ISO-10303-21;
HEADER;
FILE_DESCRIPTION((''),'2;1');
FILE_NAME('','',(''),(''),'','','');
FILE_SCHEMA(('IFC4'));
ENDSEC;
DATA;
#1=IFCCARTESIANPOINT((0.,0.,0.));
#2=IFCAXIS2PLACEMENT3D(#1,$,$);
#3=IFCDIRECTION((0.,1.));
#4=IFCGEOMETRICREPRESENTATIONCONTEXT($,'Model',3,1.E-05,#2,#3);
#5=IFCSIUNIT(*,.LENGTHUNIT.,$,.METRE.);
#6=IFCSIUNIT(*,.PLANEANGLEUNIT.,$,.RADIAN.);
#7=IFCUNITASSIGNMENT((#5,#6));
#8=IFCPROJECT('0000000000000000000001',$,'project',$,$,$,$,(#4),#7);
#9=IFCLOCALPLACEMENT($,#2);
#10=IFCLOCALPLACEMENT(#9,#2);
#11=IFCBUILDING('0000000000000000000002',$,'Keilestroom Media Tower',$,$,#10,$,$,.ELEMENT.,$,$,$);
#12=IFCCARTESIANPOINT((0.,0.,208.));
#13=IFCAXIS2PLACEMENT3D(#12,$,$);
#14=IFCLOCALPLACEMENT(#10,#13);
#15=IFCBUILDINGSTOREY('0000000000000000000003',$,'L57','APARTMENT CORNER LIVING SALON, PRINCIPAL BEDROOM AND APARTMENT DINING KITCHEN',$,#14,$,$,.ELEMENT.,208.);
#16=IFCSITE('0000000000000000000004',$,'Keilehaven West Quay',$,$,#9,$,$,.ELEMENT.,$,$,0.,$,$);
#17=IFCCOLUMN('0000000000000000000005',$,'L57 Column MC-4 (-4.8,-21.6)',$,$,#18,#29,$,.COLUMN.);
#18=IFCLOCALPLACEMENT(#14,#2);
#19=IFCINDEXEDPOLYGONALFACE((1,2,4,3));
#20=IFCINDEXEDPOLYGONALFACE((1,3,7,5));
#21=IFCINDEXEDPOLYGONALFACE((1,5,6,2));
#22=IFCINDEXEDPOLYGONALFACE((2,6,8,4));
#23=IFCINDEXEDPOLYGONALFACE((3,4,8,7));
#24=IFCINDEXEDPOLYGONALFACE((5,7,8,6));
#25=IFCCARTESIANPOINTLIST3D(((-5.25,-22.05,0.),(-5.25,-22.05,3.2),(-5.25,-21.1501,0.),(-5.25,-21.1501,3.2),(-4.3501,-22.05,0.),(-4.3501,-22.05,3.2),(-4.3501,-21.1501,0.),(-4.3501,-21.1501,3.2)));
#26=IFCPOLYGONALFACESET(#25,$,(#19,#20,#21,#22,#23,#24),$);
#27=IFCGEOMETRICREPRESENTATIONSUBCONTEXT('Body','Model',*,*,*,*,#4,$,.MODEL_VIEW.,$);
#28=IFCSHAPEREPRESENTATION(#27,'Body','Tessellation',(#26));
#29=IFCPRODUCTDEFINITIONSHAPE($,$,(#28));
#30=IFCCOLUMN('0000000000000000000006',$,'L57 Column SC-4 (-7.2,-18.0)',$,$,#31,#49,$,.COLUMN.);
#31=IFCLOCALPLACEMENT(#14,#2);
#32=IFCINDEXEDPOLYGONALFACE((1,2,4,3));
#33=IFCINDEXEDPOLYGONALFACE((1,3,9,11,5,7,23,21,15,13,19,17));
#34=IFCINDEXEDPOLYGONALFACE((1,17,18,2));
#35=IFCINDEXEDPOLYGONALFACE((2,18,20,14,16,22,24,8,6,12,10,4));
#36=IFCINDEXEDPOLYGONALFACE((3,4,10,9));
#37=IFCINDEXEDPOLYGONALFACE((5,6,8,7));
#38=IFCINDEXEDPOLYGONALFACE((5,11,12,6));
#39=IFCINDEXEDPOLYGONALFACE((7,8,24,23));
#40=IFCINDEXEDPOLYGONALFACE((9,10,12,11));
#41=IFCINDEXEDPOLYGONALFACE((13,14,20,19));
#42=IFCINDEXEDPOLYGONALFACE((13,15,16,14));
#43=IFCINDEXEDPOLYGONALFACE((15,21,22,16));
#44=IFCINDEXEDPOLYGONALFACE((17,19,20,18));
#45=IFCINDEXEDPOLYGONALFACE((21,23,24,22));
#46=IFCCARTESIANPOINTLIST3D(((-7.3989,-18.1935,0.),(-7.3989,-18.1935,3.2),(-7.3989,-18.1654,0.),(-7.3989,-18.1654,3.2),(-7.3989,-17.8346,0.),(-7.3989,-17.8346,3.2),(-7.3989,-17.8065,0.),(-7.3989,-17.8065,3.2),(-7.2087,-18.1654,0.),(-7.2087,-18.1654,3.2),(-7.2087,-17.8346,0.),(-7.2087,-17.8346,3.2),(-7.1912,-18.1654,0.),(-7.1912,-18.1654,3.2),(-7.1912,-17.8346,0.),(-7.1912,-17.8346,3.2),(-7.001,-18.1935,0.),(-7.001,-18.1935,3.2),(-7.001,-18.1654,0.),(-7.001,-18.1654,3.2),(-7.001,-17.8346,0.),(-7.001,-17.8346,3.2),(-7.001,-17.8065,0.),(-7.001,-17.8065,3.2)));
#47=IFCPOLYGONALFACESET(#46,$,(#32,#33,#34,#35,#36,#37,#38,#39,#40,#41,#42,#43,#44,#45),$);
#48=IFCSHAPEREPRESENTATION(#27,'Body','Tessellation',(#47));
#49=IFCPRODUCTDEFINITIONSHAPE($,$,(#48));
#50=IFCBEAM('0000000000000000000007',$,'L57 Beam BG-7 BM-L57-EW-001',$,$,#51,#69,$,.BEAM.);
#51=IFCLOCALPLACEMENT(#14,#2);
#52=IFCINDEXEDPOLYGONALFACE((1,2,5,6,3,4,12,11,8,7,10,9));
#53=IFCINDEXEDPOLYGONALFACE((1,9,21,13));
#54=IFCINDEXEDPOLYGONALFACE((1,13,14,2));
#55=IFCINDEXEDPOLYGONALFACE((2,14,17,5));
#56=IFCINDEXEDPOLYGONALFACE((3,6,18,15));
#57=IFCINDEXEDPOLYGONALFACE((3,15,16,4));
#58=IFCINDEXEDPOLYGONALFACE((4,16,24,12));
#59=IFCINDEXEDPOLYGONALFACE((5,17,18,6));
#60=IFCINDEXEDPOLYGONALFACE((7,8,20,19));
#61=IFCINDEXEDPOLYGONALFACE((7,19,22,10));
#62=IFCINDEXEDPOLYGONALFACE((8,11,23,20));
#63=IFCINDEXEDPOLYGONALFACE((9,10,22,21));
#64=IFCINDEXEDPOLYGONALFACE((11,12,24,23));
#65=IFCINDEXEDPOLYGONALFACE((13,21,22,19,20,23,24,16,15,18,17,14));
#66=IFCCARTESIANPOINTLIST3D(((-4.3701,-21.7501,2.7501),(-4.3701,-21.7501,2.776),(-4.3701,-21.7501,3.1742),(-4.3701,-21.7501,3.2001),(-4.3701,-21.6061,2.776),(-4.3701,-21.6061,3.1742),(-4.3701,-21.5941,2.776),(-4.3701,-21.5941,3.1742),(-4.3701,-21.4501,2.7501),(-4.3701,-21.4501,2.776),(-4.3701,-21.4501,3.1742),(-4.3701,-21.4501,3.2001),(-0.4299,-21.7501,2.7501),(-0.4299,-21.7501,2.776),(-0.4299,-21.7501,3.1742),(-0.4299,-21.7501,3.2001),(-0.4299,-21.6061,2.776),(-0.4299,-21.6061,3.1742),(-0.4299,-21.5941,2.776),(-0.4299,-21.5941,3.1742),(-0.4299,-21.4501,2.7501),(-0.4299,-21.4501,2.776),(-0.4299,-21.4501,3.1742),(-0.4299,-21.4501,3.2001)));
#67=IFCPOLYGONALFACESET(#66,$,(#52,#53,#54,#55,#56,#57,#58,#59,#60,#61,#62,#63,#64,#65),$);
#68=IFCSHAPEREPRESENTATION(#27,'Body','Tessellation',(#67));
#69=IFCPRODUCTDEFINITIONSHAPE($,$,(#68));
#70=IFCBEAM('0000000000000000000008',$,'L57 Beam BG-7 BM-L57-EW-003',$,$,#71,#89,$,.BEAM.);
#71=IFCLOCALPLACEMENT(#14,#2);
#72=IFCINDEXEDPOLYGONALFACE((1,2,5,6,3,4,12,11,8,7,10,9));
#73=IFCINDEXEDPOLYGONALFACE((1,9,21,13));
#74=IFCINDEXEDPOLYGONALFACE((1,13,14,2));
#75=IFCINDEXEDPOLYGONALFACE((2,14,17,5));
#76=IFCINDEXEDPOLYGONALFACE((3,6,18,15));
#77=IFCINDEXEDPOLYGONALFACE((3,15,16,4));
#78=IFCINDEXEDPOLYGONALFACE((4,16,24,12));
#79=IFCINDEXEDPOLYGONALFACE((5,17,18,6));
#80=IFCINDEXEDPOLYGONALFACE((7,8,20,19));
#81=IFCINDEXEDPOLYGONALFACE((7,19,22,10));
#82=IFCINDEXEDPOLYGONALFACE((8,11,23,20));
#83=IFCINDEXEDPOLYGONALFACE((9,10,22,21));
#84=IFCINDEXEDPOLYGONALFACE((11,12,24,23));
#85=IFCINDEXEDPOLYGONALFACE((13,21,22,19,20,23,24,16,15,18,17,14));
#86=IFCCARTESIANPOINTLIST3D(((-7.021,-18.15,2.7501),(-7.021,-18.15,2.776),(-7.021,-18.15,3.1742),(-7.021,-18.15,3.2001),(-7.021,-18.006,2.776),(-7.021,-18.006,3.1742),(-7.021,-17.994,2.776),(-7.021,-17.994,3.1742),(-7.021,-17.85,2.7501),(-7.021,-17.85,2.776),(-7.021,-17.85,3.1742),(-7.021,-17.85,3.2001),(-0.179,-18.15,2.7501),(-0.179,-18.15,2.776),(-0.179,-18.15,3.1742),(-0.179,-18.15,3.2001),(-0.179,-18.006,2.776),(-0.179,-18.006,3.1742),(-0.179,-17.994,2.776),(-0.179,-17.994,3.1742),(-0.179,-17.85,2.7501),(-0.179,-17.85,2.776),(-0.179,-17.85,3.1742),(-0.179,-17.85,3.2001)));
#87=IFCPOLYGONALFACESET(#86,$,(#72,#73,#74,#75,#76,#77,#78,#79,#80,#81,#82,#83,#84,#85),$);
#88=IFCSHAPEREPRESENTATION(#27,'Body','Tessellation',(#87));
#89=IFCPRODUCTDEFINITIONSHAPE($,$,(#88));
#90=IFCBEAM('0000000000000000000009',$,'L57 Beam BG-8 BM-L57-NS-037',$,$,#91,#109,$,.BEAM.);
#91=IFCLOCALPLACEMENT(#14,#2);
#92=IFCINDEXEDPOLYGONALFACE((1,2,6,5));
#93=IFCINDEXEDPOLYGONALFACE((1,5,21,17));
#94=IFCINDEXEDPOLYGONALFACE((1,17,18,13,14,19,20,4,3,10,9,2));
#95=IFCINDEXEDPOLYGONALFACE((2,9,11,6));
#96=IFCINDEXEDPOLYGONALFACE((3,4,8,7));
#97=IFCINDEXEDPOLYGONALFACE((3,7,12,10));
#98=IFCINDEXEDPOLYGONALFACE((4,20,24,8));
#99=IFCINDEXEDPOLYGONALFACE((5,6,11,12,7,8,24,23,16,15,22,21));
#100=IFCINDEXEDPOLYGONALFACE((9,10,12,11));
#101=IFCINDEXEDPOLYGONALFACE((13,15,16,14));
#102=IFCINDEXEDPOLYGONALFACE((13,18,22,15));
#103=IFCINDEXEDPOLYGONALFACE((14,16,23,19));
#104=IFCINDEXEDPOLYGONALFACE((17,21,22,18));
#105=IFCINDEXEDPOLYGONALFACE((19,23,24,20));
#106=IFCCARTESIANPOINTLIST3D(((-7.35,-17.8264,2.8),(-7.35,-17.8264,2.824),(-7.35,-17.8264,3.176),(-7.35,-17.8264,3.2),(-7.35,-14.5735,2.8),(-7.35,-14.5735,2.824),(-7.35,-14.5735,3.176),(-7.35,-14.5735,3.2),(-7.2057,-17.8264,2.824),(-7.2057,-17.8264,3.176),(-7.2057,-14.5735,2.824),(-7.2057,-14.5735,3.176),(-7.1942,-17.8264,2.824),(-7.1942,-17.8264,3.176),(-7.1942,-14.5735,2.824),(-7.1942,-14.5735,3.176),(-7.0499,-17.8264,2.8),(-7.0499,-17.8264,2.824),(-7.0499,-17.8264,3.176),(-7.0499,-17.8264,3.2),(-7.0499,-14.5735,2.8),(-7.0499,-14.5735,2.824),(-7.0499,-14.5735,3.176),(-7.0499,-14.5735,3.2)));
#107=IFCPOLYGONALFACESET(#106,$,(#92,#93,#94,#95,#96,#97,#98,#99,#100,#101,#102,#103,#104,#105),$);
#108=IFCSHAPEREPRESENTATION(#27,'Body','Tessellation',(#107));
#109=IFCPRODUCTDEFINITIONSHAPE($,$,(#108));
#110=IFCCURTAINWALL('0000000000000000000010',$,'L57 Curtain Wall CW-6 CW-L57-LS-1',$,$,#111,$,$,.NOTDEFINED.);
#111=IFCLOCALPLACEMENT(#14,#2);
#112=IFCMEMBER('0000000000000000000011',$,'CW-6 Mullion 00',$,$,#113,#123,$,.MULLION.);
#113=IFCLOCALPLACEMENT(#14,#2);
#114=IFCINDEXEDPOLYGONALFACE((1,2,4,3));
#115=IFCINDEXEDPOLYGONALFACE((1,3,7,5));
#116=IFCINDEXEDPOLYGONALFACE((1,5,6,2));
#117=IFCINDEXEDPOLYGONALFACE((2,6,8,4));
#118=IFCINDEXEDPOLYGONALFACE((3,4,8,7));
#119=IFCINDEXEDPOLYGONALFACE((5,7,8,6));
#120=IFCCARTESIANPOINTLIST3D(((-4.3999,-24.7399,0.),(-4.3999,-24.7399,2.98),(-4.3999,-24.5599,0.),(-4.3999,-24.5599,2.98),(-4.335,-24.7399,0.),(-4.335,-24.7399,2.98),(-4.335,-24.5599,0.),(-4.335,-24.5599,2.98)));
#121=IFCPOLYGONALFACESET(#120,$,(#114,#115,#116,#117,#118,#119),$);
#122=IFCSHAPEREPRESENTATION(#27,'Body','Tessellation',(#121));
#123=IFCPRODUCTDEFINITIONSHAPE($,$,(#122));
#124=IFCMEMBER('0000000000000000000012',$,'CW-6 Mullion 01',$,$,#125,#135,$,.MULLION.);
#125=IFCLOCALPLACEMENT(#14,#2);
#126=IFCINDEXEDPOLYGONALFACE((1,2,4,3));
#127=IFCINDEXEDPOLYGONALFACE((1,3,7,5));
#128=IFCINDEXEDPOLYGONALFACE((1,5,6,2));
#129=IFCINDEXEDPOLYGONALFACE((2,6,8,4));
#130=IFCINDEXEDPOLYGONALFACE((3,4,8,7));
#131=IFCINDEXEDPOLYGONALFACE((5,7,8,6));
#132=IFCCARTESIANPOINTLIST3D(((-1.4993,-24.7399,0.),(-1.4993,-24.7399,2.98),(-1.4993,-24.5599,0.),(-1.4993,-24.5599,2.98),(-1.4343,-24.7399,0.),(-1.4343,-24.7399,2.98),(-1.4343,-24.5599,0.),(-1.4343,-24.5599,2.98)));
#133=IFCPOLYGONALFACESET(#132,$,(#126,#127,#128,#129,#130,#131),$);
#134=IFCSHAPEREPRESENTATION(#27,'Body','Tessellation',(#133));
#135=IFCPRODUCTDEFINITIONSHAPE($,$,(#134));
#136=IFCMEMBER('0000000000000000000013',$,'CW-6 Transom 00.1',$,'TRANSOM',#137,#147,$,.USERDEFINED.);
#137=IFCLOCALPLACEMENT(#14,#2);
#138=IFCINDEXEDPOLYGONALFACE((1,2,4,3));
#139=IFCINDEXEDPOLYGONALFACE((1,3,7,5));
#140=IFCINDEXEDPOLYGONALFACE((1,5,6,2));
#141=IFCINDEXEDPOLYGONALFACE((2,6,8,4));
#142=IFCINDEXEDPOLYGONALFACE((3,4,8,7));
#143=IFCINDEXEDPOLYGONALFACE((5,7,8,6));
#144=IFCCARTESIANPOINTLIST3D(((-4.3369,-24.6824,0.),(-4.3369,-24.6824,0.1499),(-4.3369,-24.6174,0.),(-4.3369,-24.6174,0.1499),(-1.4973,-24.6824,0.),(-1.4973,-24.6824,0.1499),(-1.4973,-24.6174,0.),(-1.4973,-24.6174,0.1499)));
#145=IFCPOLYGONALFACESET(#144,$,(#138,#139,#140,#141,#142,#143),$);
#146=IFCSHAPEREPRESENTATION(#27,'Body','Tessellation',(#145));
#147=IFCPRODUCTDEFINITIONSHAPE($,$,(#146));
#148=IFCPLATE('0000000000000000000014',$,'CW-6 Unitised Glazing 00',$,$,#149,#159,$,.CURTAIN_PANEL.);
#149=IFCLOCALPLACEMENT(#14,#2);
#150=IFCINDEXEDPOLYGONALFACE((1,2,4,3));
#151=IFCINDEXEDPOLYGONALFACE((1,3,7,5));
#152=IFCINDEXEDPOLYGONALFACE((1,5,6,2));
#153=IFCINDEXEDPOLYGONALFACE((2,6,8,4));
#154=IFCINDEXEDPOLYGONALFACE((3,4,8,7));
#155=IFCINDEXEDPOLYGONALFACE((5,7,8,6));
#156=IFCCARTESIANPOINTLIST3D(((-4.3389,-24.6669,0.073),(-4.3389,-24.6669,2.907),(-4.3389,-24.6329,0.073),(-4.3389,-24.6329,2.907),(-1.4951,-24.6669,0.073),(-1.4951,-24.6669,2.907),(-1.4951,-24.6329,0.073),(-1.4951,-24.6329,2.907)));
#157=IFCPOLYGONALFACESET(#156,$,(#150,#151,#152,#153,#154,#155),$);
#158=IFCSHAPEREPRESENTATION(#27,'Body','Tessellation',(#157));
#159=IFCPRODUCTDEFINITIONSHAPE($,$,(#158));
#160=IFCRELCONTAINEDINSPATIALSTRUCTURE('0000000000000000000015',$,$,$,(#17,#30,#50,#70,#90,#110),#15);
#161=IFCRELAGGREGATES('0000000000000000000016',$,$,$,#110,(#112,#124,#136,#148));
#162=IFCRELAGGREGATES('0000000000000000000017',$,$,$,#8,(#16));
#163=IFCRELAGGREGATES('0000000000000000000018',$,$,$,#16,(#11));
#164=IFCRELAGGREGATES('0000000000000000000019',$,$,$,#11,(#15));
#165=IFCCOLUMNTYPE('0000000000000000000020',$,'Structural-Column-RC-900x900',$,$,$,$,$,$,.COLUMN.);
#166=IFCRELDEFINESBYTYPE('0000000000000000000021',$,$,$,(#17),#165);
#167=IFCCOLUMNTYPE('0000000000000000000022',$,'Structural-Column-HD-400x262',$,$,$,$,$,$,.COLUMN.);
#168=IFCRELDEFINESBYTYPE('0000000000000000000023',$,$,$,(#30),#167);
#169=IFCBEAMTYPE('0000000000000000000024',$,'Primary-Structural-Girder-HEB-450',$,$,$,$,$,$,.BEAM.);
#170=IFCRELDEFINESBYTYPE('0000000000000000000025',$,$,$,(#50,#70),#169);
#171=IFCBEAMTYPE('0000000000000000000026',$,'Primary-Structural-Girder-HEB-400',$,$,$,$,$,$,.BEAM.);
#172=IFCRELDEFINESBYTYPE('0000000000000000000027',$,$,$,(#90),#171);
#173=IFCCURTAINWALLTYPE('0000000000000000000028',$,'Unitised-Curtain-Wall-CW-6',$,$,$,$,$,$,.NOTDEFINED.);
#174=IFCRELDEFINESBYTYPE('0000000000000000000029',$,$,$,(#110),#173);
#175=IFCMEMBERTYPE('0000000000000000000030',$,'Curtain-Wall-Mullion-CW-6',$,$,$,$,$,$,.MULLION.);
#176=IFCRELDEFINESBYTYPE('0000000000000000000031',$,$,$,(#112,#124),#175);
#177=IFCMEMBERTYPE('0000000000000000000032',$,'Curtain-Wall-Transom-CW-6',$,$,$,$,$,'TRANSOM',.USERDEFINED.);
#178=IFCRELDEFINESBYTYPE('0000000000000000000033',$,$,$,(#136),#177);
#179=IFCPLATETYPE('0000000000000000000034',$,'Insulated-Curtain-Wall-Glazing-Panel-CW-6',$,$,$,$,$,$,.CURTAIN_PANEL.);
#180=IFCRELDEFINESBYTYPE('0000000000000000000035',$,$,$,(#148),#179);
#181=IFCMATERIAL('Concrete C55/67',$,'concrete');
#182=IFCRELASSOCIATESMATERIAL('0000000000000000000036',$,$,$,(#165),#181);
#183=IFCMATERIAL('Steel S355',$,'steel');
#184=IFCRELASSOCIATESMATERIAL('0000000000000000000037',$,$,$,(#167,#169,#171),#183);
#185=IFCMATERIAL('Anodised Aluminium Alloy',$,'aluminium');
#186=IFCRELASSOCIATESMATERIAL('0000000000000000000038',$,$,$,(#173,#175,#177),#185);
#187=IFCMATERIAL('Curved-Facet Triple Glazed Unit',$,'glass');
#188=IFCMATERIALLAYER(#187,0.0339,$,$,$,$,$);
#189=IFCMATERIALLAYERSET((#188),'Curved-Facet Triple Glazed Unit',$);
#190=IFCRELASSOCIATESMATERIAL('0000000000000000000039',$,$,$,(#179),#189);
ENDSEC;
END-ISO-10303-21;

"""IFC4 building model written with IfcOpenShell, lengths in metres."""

from ifc_helpers import new_model, si_unit, direction, frame, origin, origin_2d, place, context, subcontext, project, spatial, rectangle, i_section, extrude, source, transform, mapped, material, layer, layer_set, material_profile, profile_set, type_object, element, aggregate, save


model = new_model("IFC4")

# Units and contexts
model_context = context("Model", 3, precision=1e-05, world=origin(), true_north=direction((0.0, 1.0)))
body_context = subcontext(model_context, "Body", "Model", "MODEL_VIEW")
ifc_project = project(units=[si_unit("LENGTHUNIT", "METRE"), si_unit("PLANEANGLEUNIT", "RADIAN")], contexts=[model_context])

# Site, building, storey
site_placement = place(None, origin())
site = spatial("IfcSite", under=ifc_project, at=site_placement, Name="Keilehaven West Quay", CompositionType="ELEMENT", RefElevation=0.0)
building_placement = place(site_placement, origin())
building = spatial("IfcBuilding", under=site, at=building_placement, Name="Keilestroom Media Tower", CompositionType="ELEMENT")
storey_placement = place(building_placement, frame((0.0, 0.0, 208.0)))
storey = spatial("IfcBuildingStorey", under=building, at=storey_placement, Name="L57", Description="APARTMENT CORNER LIVING SALON, PRINCIPAL BEDROOM AND APARTMENT DINING KITCHEN", CompositionType="ELEMENT", Elevation=208.0)

# Columns
ifc_material_1 = material(Name="Concrete C55/67", Category="concrete")
ifc_material_profile_1 = material_profile(ifc_material_1, rectangle(XDim=0.8999, YDim=0.8999, at=origin_2d()), Name="RC 900x900")
ifc_profile_set_1 = profile_set([ifc_material_profile_1], Name="Concrete C55/67")
column_type_1 = type_object("IfcColumnType", Name="Structural-Column-RC-900x900", PredefinedType="COLUMN", material=ifc_profile_set_1)
shared_shape_1 = source(origin(), body_context, "Body", "SweptSolid", [
    extrude(rectangle(XDim=0.8999, YDim=0.8999, at=origin_2d()), origin(), (0.0, 0.0, 1.0), 3.2),
])
column_1_placement = place(storey_placement, frame((-4.8, -21.6001, 0.0), z_axis=(0.0, 0.0, 1.0), x_axis=(1.0, 0.0, 0.0)))
element("IfcColumn", 1, at=column_1_placement, inside=storey, type_object=column_type_1, Name="L57 Column MC-4 (-4.8,-21.6)", PredefinedType="COLUMN", context=body_context, shape_type="MappedRepresentation", body=[
    mapped(shared_shape_1, transform((0.0, 0.0, 0.0), x_axis=(1.0, 0.0, 0.0), y_axis=(0.0, 1.0, 0.0), z_axis=(0.0, 0.0, 1.0), scale=1.0)),
])
ifc_material_2 = material(Name="Steel S355", Category="steel")
ifc_material_profile_2 = material_profile(ifc_material_2, i_section(OverallWidth=0.3979, OverallDepth=0.387, WebThickness=0.0176, FlangeThickness=0.0281, at=origin_2d()), Name="HD 400x262")
ifc_profile_set_2 = profile_set([ifc_material_profile_2], Name="Steel S355")
column_type_2 = type_object("IfcColumnType", Name="Structural-Column-HD-400x262", PredefinedType="COLUMN", material=ifc_profile_set_2)
shared_shape_2 = source(origin(), body_context, "Body", "SweptSolid", [
    extrude(i_section(OverallWidth=0.3979, OverallDepth=0.387, WebThickness=0.0176, FlangeThickness=0.0281, at=origin_2d()), origin(), (0.0, 0.0, 1.0), 3.2),
])
column_2_placement = place(storey_placement, frame((-7.2, -18.0, 0.0), z_axis=(0.0, 0.0, 1.0), x_axis=(1.0, 0.0, 0.0)))
element("IfcColumn", 2, at=column_2_placement, inside=storey, type_object=column_type_2, Name="L57 Column SC-4 (-7.2,-18.0)", PredefinedType="COLUMN", context=body_context, shape_type="MappedRepresentation", body=[
    mapped(shared_shape_2, transform((0.0, 0.0, 0.0), x_axis=(1.0, 0.0, 0.0), y_axis=(0.0, 1.0, 0.0), z_axis=(0.0, 0.0, 1.0), scale=1.0)),
])

# Beams
ifc_material_profile_3 = material_profile(ifc_material_2, i_section(OverallWidth=0.3, OverallDepth=0.45, WebThickness=0.012, FlangeThickness=0.0259, at=origin_2d()), Name="HEB 450")
ifc_profile_set_3 = profile_set([ifc_material_profile_3], Name="Steel S355")
beam_type_1 = type_object("IfcBeamType", Name="Primary-Structural-Girder-HEB-450", PredefinedType="BEAM", material=ifc_profile_set_3)
shared_shape_3 = source(origin(), body_context, "Body", "SweptSolid", [
    extrude(i_section(OverallWidth=0.3, OverallDepth=0.45, WebThickness=0.012, FlangeThickness=0.0259, at=origin_2d()), origin(), (0.0, 0.0, 1.0), 3.9402),
])
beam_1_placement = place(storey_placement, frame((-4.3701, -21.6001, 2.9751), z_axis=(1.0, 0.0, 0.0), x_axis=(0.0, 1.0, 0.0)))
element("IfcBeam", 3, at=beam_1_placement, inside=storey, type_object=beam_type_1, Name="L57 Beam BG-7 BM-L57-EW-001", PredefinedType="BEAM", context=body_context, shape_type="MappedRepresentation", body=[
    mapped(shared_shape_3, transform((0.0, 0.0, 0.0), x_axis=(1.0, 0.0, 0.0), y_axis=(0.0, 1.0, 0.0), z_axis=(0.0, 0.0, 1.0), scale=1.0)),
])
shared_shape_4 = source(origin(), body_context, "Body", "SweptSolid", [
    extrude(i_section(OverallWidth=0.3, OverallDepth=0.45, WebThickness=0.012, FlangeThickness=0.0259, at=origin_2d()), origin(), (0.0, 0.0, 1.0), 6.842),
])
beam_2_placement = place(storey_placement, frame((-7.021, -18.0, 2.9751), z_axis=(1.0, 0.0, 0.0), x_axis=(0.0, 1.0, 0.0)))
element("IfcBeam", 4, at=beam_2_placement, inside=storey, type_object=beam_type_1, Name="L57 Beam BG-7 BM-L57-EW-003", PredefinedType="BEAM", context=body_context, shape_type="MappedRepresentation", body=[
    mapped(shared_shape_4, transform((0.0, 0.0, 0.0), x_axis=(1.0, 0.0, 0.0), y_axis=(0.0, 1.0, 0.0), z_axis=(0.0, 0.0, 1.0), scale=1.0)),
])
ifc_material_profile_4 = material_profile(ifc_material_2, i_section(OverallWidth=0.3, OverallDepth=0.3999, WebThickness=0.0115, FlangeThickness=0.0239, at=origin_2d()), Name="HEB 400")
ifc_profile_set_4 = profile_set([ifc_material_profile_4], Name="Steel S355")
beam_type_2 = type_object("IfcBeamType", Name="Primary-Structural-Girder-HEB-400", PredefinedType="BEAM", material=ifc_profile_set_4)
shared_shape_5 = source(origin(), body_context, "Body", "SweptSolid", [
    extrude(i_section(OverallWidth=0.3, OverallDepth=0.3999, WebThickness=0.0115, FlangeThickness=0.0239, at=origin_2d()), origin(), (0.0, 0.0, 1.0), 3.2529),
])
beam_3_placement = place(storey_placement, frame((-7.2, -17.8264, 3.0), z_axis=(0.0, 1.0, 0.0), x_axis=(-1.0, 0.0, 0.0)))
element("IfcBeam", 5, at=beam_3_placement, inside=storey, type_object=beam_type_2, Name="L57 Beam BG-8 BM-L57-NS-037", PredefinedType="BEAM", context=body_context, shape_type="MappedRepresentation", body=[
    mapped(shared_shape_5, transform((0.0, 0.0, 0.0), x_axis=(1.0, 0.0, 0.0), y_axis=(0.0, 1.0, 0.0), z_axis=(0.0, 0.0, 1.0), scale=1.0)),
])

# Curtain wall, members, plate
ifc_material_3 = material(Name="Anodised Aluminium Alloy", Category="aluminium")
curtain_wall_type = type_object("IfcCurtainWallType", Name="Unitised-Curtain-Wall-CW-6", PredefinedType="NOTDEFINED", material=ifc_material_3)
curtain_wall_placement = place(storey_placement, origin())
curtain_wall = element("IfcCurtainWall", 6, at=curtain_wall_placement, inside=storey, type_object=curtain_wall_type, Name="L57 Curtain Wall CW-6 CW-L57-LS-1", PredefinedType="NOTDEFINED")
ifc_material_profile_5 = material_profile(ifc_material_3, rectangle(XDim=0.0649, YDim=0.1799, at=origin_2d()), Name="ALU MULLION 65x180")
ifc_profile_set_5 = profile_set([ifc_material_profile_5], Name="Anodised Aluminium Alloy")
member_type_1 = type_object("IfcMemberType", Name="Curtain-Wall-Mullion-CW-6", PredefinedType="MULLION", material=ifc_profile_set_5)
shared_shape_6 = source(origin(), body_context, "Body", "SweptSolid", [
    extrude(rectangle(XDim=0.0649, YDim=0.1799, at=origin_2d()), origin(), (0.0, 0.0, 1.0), 2.98),
])
member_1_placement = place(storey_placement, frame((-4.3674, -24.6499, 0.0), z_axis=(0.0, 0.0, 1.0), x_axis=(1.0, 0.0, 0.0)))
member_1 = element("IfcMember", 7, at=member_1_placement, type_object=member_type_1, Name="CW-6 Mullion 00", PredefinedType="MULLION", context=body_context, shape_type="MappedRepresentation", body=[
    mapped(shared_shape_6, transform((0.0, 0.0, 0.0), x_axis=(1.0, 0.0, 0.0), y_axis=(0.0, 1.0, 0.0), z_axis=(0.0, 0.0, 1.0), scale=1.0)),
])
member_2_placement = place(storey_placement, frame((-1.4668, -24.6499, 0.0), z_axis=(0.0, 0.0, 1.0), x_axis=(1.0, 0.0, 0.0)))
member_2 = element("IfcMember", 8, at=member_2_placement, type_object=member_type_1, Name="CW-6 Mullion 01", PredefinedType="MULLION", context=body_context, shape_type="MappedRepresentation", body=[
    mapped(shared_shape_6, transform((0.0, 0.0, 0.0), x_axis=(1.0, 0.0, 0.0), y_axis=(0.0, 1.0, 0.0), z_axis=(0.0, 0.0, 1.0), scale=1.0)),
])
ifc_material_profile_6 = material_profile(ifc_material_3, rectangle(XDim=0.0649, YDim=0.1499, at=origin_2d()), Name="ALU TRANSOM 65x150")
ifc_profile_set_6 = profile_set([ifc_material_profile_6], Name="Anodised Aluminium Alloy")
member_type_2 = type_object("IfcMemberType", Name="Curtain-Wall-Transom-CW-6", ElementType="TRANSOM", PredefinedType="USERDEFINED", material=ifc_profile_set_6)
shared_shape_7 = source(origin(), body_context, "Body", "SweptSolid", [
    extrude(rectangle(XDim=0.0649, YDim=0.1499, at=origin_2d()), origin(), (0.0, 0.0, 1.0), 2.8396),
])
member_3_placement = place(storey_placement, frame((-4.3369, -24.6499, 0.075), z_axis=(1.0, 0.0, 0.0), x_axis=(0.0, 1.0, 0.0)))
member_3 = element("IfcMember", 9, at=member_3_placement, type_object=member_type_2, Name="CW-6 Transom 00.1", ObjectType="TRANSOM", PredefinedType="USERDEFINED", context=body_context, shape_type="MappedRepresentation", body=[
    mapped(shared_shape_7, transform((0.0, 0.0, 0.0), x_axis=(1.0, 0.0, 0.0), y_axis=(0.0, 1.0, 0.0), z_axis=(0.0, 0.0, 1.0), scale=1.0)),
])
ifc_material_4 = material(Name="Curved-Facet Triple Glazed Unit", Category="glass")
ifc_layer_1 = layer(ifc_material_4, 0.0339)
ifc_layer_set_1 = layer_set([ifc_layer_1], Name="Curved-Facet Triple Glazed Unit")
plate_type = type_object("IfcPlateType", Name="Insulated-Curtain-Wall-Glazing-Panel-CW-6", PredefinedType="CURTAIN_PANEL", material=ifc_layer_set_1)
shared_shape_8 = source(origin(), body_context, "Body", "SweptSolid", [
    extrude(rectangle(XDim=2.8438, YDim=0.0339, at=origin_2d()), origin(), (0.0, 0.0, 1.0), 2.834),
])
plate_placement = place(storey_placement, frame((-2.917, -24.6499, 0.073), z_axis=(0.0, 0.0, 1.0), x_axis=(1.0, 0.0, 0.0)))
plate = element("IfcPlate", 10, at=plate_placement, type_object=plate_type, Name="CW-6 Unitised Glazing 00", PredefinedType="CURTAIN_PANEL", context=body_context, shape_type="MappedRepresentation", body=[
    mapped(shared_shape_8, transform((0.0, 0.0, 0.0), x_axis=(1.0, 0.0, 0.0), y_axis=(0.0, 1.0, 0.0), z_axis=(0.0, 0.0, 1.0), scale=1.0)),
])
aggregate(curtain_wall, [member_1, member_2, member_3, plate])

save(model, "model.ifc")
